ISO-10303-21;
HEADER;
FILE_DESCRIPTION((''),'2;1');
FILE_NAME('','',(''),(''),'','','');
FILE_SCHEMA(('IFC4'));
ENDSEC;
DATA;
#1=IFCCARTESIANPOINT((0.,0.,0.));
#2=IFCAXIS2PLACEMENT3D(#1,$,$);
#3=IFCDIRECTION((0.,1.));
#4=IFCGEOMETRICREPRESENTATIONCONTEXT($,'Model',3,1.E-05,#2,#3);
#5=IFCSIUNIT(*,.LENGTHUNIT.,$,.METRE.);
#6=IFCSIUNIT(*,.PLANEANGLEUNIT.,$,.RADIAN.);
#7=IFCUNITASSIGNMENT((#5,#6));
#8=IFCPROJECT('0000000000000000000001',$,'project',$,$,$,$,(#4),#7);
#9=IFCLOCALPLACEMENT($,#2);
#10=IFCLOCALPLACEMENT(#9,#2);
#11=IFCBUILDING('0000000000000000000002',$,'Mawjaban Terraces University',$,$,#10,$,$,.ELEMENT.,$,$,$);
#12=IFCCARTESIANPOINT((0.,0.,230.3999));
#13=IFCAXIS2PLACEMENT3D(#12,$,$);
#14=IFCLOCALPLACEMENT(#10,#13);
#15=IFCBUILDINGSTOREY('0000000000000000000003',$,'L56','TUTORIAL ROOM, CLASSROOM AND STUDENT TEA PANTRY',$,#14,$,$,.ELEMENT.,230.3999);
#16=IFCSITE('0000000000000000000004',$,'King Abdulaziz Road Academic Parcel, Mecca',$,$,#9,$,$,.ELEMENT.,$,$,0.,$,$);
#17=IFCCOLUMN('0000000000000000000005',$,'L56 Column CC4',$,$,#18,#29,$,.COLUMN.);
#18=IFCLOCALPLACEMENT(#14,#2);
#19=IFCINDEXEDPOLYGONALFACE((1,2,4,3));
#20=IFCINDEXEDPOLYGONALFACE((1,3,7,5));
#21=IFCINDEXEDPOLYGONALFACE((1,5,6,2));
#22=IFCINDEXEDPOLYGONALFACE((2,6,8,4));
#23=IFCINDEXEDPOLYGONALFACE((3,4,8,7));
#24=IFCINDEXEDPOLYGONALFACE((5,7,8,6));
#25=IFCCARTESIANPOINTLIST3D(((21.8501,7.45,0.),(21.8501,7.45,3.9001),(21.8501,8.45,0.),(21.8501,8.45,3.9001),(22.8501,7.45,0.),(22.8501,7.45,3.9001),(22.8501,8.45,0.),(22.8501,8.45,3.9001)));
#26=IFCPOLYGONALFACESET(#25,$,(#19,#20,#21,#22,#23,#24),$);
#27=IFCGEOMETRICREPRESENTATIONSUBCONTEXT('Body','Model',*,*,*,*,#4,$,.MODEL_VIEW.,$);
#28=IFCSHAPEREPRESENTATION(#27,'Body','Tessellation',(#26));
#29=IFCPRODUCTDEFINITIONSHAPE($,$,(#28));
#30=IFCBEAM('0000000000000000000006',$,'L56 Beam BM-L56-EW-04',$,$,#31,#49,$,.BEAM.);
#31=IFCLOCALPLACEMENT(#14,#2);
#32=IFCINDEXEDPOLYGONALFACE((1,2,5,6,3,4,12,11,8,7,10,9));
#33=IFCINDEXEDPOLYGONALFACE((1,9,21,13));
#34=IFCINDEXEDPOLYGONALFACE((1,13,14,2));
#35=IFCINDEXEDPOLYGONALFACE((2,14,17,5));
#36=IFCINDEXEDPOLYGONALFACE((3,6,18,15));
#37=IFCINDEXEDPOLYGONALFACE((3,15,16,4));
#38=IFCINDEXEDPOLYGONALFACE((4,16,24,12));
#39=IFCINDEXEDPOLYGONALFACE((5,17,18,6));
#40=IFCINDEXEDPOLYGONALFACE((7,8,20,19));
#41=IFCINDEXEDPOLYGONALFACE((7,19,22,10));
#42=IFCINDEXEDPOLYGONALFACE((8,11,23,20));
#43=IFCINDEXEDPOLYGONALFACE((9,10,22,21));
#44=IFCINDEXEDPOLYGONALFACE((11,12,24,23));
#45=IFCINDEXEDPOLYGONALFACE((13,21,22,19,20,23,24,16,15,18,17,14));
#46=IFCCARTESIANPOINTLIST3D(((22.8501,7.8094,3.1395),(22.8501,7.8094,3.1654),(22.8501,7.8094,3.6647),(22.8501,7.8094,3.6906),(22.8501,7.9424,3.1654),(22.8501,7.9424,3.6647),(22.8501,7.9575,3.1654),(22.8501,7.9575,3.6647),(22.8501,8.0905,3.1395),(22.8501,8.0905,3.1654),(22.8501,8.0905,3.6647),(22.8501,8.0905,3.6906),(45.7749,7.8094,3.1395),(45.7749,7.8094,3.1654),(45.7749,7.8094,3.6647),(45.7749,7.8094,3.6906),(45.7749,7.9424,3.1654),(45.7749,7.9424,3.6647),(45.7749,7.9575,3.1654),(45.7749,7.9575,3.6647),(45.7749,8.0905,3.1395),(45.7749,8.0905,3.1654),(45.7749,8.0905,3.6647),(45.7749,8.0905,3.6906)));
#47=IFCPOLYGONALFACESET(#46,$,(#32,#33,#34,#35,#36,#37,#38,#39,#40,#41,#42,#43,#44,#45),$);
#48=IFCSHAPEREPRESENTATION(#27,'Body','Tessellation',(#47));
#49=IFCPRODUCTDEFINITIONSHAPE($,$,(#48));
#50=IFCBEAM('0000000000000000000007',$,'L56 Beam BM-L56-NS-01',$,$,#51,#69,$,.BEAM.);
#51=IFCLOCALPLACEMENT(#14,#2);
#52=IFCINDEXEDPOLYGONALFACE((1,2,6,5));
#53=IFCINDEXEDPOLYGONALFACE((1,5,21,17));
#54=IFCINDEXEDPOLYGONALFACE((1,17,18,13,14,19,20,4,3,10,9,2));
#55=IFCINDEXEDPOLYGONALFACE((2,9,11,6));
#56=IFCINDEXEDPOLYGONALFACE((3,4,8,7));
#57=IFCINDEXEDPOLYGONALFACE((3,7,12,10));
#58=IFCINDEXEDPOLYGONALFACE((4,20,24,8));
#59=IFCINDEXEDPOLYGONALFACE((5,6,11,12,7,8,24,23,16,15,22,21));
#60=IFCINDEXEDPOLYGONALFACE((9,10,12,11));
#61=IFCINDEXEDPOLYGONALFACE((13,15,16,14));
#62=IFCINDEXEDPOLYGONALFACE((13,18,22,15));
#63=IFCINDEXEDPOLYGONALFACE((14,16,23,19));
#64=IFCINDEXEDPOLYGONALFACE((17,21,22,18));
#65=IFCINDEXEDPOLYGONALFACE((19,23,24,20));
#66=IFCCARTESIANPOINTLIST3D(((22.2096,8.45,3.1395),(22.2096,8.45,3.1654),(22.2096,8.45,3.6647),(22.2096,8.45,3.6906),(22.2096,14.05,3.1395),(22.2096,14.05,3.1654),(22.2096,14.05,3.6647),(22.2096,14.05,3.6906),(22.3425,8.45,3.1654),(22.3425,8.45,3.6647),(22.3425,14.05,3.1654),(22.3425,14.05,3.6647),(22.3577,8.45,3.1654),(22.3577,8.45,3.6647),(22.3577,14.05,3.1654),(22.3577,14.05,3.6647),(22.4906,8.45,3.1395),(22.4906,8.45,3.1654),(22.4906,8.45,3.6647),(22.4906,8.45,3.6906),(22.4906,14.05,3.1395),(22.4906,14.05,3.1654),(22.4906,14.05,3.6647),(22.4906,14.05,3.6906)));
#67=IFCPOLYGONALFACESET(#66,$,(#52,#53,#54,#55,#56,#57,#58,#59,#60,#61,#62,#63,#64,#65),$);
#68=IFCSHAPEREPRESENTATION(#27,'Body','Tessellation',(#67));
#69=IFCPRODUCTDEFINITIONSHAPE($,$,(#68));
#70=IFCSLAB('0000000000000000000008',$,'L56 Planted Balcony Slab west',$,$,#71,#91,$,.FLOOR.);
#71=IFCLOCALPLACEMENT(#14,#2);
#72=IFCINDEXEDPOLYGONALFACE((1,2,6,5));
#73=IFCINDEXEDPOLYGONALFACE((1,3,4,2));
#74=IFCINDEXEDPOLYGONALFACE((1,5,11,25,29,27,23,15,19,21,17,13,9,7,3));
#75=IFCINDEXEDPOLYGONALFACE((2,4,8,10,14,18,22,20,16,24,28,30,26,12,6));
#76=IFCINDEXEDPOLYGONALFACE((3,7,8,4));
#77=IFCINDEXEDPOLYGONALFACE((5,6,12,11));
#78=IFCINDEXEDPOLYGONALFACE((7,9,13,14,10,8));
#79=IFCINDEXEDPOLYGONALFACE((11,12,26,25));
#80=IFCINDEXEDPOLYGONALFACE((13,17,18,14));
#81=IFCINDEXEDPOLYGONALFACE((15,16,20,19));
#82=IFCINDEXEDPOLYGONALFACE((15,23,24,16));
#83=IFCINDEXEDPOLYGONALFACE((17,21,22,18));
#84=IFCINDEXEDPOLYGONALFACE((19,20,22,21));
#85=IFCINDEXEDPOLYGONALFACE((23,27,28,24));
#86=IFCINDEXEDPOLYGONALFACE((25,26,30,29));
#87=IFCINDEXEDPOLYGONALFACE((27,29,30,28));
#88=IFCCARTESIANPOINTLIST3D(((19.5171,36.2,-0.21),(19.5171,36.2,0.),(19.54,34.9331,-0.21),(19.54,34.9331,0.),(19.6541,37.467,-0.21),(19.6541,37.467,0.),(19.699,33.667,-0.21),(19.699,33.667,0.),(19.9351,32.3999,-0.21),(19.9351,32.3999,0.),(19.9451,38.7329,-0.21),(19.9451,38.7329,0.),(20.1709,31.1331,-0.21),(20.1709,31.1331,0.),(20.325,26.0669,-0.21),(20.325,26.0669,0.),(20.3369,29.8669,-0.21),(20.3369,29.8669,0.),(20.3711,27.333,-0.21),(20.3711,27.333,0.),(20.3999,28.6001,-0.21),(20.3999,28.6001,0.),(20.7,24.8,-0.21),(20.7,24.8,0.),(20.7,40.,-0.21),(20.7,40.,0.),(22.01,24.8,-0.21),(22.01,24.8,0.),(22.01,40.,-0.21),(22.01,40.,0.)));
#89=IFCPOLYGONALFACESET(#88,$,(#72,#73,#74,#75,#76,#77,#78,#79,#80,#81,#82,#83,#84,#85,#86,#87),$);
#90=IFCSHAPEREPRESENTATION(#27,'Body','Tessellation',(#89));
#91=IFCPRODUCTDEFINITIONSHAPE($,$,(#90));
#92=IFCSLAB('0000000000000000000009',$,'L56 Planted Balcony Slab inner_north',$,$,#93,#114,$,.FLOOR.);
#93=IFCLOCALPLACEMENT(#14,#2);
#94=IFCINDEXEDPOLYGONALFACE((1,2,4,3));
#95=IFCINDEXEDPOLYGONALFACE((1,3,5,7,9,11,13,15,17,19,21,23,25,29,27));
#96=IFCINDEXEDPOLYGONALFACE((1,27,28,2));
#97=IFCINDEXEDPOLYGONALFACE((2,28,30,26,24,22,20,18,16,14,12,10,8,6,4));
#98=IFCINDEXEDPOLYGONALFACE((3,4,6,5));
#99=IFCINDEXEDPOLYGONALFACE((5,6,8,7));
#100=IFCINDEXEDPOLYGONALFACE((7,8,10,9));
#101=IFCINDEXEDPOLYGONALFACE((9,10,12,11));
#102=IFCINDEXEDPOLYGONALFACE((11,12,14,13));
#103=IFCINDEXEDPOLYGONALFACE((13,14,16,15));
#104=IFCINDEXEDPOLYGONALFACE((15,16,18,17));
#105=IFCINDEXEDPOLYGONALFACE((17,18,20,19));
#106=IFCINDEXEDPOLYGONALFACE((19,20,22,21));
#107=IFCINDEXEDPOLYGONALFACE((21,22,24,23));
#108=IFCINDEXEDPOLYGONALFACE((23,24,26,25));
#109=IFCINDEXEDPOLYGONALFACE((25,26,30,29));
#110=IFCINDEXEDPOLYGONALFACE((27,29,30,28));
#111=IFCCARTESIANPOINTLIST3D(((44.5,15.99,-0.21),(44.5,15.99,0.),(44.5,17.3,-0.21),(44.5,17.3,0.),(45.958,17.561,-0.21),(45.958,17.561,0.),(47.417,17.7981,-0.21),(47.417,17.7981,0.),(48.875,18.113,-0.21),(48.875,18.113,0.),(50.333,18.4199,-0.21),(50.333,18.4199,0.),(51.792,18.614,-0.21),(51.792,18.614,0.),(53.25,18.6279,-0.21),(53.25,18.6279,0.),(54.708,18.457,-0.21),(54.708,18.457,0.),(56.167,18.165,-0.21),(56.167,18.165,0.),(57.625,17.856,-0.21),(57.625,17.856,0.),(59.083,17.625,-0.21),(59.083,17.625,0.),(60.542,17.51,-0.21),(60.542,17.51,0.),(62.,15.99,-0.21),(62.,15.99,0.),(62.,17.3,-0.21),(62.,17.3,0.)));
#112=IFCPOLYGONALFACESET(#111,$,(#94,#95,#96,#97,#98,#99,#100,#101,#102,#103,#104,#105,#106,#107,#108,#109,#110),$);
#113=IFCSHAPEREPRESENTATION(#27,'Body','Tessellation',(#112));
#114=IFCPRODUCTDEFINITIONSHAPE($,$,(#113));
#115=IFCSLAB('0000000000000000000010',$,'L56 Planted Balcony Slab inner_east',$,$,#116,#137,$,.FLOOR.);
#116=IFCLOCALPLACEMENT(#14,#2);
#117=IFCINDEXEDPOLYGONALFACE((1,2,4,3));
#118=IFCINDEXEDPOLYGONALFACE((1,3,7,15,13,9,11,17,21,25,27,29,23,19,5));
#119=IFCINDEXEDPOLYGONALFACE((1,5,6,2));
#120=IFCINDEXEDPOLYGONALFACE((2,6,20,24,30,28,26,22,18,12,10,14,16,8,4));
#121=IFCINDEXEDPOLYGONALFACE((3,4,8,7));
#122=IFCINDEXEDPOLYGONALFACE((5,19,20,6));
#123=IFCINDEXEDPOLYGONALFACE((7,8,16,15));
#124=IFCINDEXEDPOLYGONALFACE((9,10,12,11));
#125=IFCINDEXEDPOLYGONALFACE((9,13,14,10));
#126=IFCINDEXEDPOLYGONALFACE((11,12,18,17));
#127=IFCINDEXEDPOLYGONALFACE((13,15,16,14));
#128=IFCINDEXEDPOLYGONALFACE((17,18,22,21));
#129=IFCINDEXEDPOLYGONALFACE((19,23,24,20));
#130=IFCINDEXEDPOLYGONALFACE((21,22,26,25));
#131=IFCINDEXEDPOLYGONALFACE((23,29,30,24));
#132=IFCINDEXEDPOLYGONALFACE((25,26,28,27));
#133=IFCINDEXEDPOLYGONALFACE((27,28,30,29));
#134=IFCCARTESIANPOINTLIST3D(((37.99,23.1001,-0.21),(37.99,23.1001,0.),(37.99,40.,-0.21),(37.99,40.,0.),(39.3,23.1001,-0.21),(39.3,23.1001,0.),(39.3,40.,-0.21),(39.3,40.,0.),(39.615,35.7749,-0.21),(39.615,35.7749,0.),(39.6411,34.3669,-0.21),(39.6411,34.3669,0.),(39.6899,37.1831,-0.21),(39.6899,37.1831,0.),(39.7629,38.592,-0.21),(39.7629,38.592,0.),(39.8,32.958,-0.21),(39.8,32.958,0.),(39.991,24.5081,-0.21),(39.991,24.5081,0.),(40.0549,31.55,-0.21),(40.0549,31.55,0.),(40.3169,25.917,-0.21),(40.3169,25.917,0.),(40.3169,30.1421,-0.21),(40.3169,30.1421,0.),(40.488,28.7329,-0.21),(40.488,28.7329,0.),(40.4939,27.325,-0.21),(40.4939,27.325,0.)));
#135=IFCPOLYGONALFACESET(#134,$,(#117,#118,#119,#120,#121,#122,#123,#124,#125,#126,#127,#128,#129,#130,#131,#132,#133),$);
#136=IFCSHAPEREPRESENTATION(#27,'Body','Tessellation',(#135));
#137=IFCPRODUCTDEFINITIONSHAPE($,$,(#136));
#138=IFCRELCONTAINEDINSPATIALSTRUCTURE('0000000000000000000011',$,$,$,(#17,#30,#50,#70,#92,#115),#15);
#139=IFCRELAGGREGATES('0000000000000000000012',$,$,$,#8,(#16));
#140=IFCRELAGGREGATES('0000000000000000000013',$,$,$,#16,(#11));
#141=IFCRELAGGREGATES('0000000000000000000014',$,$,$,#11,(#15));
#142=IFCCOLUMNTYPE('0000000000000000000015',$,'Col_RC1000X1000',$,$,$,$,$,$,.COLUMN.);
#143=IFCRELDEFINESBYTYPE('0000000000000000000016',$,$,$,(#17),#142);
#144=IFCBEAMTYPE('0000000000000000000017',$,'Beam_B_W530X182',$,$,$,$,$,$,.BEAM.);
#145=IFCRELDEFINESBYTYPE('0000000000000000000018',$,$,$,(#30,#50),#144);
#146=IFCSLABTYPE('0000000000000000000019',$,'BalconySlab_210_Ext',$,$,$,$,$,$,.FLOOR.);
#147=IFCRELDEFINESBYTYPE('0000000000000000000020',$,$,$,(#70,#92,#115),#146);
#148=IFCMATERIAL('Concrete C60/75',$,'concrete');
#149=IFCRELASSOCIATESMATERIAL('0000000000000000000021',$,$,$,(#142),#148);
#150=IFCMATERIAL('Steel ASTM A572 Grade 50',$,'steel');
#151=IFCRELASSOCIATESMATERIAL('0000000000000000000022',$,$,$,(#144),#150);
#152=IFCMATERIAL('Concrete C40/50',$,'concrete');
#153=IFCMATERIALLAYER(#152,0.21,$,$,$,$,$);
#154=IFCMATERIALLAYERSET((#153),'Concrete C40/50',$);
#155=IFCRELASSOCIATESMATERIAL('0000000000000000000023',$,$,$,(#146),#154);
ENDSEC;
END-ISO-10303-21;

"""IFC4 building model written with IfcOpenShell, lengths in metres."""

from ifc_helpers import new_model, si_unit, direction, frame, origin, origin_2d, place, context, subcontext, project, spatial, polyline, rectangle, i_section, outline, extrude, material, layer, layer_set, material_profile, profile_set, type_object, element, save


model = new_model("IFC4")

# Units and contexts
model_context = context("Model", 3, precision=1e-05, world=origin(), true_north=direction((0.0, 1.0)))
body_context = subcontext(model_context, "Body", "Model", "MODEL_VIEW")
ifc_project = project(units=[si_unit("LENGTHUNIT", "METRE"), si_unit("PLANEANGLEUNIT", "RADIAN")], contexts=[model_context])

# Site, building, storey
site_placement = place(None, origin())
site = spatial("IfcSite", under=ifc_project, at=site_placement, Name="King Abdulaziz Road Academic Parcel, Mecca", CompositionType="ELEMENT", RefElevation=0.0)
building_placement = place(site_placement, origin())
building = spatial("IfcBuilding", under=site, at=building_placement, Name="Mawjaban Terraces University", CompositionType="ELEMENT")
storey_placement = place(building_placement, frame((0.0, 0.0, 230.3999)))
storey = spatial("IfcBuildingStorey", under=building, at=storey_placement, Name="L56", Description="TUTORIAL ROOM, CLASSROOM AND STUDENT TEA PANTRY", CompositionType="ELEMENT", Elevation=230.3999)

# Column
ifc_material_1 = material(Name="Concrete C60/75", Category="concrete")
ifc_material_profile_1 = material_profile(ifc_material_1, rectangle(XDim=1.0, YDim=1.0, at=origin_2d()), Name="RC1000X1000")
ifc_profile_set_1 = profile_set([ifc_material_profile_1], Name="Concrete C60/75")
column_type = type_object("IfcColumnType", Name="Col_RC1000X1000", PredefinedType="COLUMN", material=ifc_profile_set_1)
column_placement = place(storey_placement, frame((22.3501, 7.95, 0.0), z_axis=(0.0, 0.0, 1.0), x_axis=(1.0, 0.0, 0.0)))
element("IfcColumn", 1, at=column_placement, inside=storey, type_object=column_type, Name="L56 Column CC4", PredefinedType="COLUMN", context=body_context, shape_type="SweptSolid", body=[
    extrude(rectangle(XDim=1.0, YDim=1.0, at=origin_2d()), origin(), (0.0, 0.0, 1.0), 3.9001),
])

# Beams
ifc_material_2 = material(Name="Steel ASTM A572 Grade 50", Category="steel")
ifc_material_profile_2 = material_profile(ifc_material_2, i_section(OverallWidth=0.281, OverallDepth=0.551, WebThickness=0.0151, FlangeThickness=0.0259, at=origin_2d()), Name="W530X182")
ifc_profile_set_2 = profile_set([ifc_material_profile_2], Name="Steel ASTM A572 Grade 50")
beam_type = type_object("IfcBeamType", Name="Beam_B_W530X182", PredefinedType="BEAM", material=ifc_profile_set_2)
beam_1_placement = place(storey_placement, frame((22.8501, 7.95, 3.415), z_axis=(1.0, 0.0, 0.0), x_axis=(0.0, 1.0, 0.0)))
element("IfcBeam", 2, at=beam_1_placement, inside=storey, type_object=beam_type, Name="L56 Beam BM-L56-EW-04", PredefinedType="BEAM", context=body_context, shape_type="SweptSolid", body=[
    extrude(i_section(OverallWidth=0.281, OverallDepth=0.551, WebThickness=0.0151, FlangeThickness=0.0259, at=origin_2d()), origin(), (0.0, 0.0, 1.0), 22.9248),
])
beam_2_placement = place(storey_placement, frame((22.3501, 8.45, 3.415), z_axis=(0.0, 1.0, 0.0), x_axis=(-1.0, 0.0, 0.0)))
element("IfcBeam", 3, at=beam_2_placement, inside=storey, type_object=beam_type, Name="L56 Beam BM-L56-NS-01", PredefinedType="BEAM", context=body_context, shape_type="SweptSolid", body=[
    extrude(i_section(OverallWidth=0.281, OverallDepth=0.551, WebThickness=0.0151, FlangeThickness=0.0259, at=origin_2d()), origin(), (0.0, 0.0, 1.0), 5.6001),
])

# Slabs
ifc_material_3 = material(Name="Concrete C40/50", Category="concrete")
ifc_layer_1 = layer(ifc_material_3, 0.21)
ifc_layer_set_1 = layer_set([ifc_layer_1], Name="Concrete C40/50")
slab_type_1 = type_object("IfcSlabType", Name="BalconySlab_210_Ext", PredefinedType="FLOOR", material=ifc_layer_set_1)
slab_1_placement = place(storey_placement, frame((0.0, 0.0, -0.21)))
element("IfcSlab", 4, at=slab_1_placement, inside=storey, type_object=slab_type_1, Name="L56 Planted Balcony Slab west", PredefinedType="FLOOR", context=body_context, shape_type="SweptSolid", body=[
    extrude(outline(polyline([(22.01, 24.8), (22.01, 40.0), (20.7, 40.0), (19.9451, 38.7329), (19.6541, 37.467), (19.5171, 36.2), (19.54, 34.9331), (19.699, 33.667), (19.9351, 32.3999), (20.1709, 31.1331), (20.3369, 29.8669), (20.3999, 28.6001), (20.3711, 27.333), (20.325, 26.0669), (20.7, 24.8), (22.01, 24.8)])), origin(), (0.0, 0.0, 1.0), 0.21),
])
slab_2_placement = place(storey_placement, frame((0.0, 0.0, -0.21)))
element("IfcSlab", 5, at=slab_2_placement, inside=storey, type_object=slab_type_1, Name="L56 Planted Balcony Slab inner_north", PredefinedType="FLOOR", context=body_context, shape_type="SweptSolid", body=[
    extrude(outline(polyline([(44.5, 15.99), (62.0, 15.99), (62.0, 17.3), (60.542, 17.51), (59.083, 17.625), (57.625, 17.856), (56.167, 18.165), (54.708, 18.457), (53.25, 18.6279), (51.792, 18.614), (50.333, 18.4199), (48.875, 18.113), (47.417, 17.7981), (45.958, 17.561), (44.5, 17.3), (44.5, 15.99)])), origin(), (0.0, 0.0, 1.0), 0.21),
])
slab_3_placement = place(storey_placement, frame((0.0, 0.0, -0.21)))
element("IfcSlab", 6, at=slab_3_placement, inside=storey, type_object=slab_type_1, Name="L56 Planted Balcony Slab inner_east", PredefinedType="FLOOR", context=body_context, shape_type="SweptSolid", body=[
    extrude(outline(polyline([(39.3, 23.1001), (39.991, 24.5081), (40.3169, 25.917), (40.4939, 27.325), (40.488, 28.7329), (40.3169, 30.1421), (40.0549, 31.55), (39.8, 32.958), (39.6411, 34.3669), (39.615, 35.7749), (39.6899, 37.1831), (39.7629, 38.592), (39.3, 40.0), (37.99, 40.0), (37.99, 23.1001), (39.3, 23.1001)])), origin(), (0.0, 0.0, 1.0), 0.21),
])

save(model, "model.ifc")
